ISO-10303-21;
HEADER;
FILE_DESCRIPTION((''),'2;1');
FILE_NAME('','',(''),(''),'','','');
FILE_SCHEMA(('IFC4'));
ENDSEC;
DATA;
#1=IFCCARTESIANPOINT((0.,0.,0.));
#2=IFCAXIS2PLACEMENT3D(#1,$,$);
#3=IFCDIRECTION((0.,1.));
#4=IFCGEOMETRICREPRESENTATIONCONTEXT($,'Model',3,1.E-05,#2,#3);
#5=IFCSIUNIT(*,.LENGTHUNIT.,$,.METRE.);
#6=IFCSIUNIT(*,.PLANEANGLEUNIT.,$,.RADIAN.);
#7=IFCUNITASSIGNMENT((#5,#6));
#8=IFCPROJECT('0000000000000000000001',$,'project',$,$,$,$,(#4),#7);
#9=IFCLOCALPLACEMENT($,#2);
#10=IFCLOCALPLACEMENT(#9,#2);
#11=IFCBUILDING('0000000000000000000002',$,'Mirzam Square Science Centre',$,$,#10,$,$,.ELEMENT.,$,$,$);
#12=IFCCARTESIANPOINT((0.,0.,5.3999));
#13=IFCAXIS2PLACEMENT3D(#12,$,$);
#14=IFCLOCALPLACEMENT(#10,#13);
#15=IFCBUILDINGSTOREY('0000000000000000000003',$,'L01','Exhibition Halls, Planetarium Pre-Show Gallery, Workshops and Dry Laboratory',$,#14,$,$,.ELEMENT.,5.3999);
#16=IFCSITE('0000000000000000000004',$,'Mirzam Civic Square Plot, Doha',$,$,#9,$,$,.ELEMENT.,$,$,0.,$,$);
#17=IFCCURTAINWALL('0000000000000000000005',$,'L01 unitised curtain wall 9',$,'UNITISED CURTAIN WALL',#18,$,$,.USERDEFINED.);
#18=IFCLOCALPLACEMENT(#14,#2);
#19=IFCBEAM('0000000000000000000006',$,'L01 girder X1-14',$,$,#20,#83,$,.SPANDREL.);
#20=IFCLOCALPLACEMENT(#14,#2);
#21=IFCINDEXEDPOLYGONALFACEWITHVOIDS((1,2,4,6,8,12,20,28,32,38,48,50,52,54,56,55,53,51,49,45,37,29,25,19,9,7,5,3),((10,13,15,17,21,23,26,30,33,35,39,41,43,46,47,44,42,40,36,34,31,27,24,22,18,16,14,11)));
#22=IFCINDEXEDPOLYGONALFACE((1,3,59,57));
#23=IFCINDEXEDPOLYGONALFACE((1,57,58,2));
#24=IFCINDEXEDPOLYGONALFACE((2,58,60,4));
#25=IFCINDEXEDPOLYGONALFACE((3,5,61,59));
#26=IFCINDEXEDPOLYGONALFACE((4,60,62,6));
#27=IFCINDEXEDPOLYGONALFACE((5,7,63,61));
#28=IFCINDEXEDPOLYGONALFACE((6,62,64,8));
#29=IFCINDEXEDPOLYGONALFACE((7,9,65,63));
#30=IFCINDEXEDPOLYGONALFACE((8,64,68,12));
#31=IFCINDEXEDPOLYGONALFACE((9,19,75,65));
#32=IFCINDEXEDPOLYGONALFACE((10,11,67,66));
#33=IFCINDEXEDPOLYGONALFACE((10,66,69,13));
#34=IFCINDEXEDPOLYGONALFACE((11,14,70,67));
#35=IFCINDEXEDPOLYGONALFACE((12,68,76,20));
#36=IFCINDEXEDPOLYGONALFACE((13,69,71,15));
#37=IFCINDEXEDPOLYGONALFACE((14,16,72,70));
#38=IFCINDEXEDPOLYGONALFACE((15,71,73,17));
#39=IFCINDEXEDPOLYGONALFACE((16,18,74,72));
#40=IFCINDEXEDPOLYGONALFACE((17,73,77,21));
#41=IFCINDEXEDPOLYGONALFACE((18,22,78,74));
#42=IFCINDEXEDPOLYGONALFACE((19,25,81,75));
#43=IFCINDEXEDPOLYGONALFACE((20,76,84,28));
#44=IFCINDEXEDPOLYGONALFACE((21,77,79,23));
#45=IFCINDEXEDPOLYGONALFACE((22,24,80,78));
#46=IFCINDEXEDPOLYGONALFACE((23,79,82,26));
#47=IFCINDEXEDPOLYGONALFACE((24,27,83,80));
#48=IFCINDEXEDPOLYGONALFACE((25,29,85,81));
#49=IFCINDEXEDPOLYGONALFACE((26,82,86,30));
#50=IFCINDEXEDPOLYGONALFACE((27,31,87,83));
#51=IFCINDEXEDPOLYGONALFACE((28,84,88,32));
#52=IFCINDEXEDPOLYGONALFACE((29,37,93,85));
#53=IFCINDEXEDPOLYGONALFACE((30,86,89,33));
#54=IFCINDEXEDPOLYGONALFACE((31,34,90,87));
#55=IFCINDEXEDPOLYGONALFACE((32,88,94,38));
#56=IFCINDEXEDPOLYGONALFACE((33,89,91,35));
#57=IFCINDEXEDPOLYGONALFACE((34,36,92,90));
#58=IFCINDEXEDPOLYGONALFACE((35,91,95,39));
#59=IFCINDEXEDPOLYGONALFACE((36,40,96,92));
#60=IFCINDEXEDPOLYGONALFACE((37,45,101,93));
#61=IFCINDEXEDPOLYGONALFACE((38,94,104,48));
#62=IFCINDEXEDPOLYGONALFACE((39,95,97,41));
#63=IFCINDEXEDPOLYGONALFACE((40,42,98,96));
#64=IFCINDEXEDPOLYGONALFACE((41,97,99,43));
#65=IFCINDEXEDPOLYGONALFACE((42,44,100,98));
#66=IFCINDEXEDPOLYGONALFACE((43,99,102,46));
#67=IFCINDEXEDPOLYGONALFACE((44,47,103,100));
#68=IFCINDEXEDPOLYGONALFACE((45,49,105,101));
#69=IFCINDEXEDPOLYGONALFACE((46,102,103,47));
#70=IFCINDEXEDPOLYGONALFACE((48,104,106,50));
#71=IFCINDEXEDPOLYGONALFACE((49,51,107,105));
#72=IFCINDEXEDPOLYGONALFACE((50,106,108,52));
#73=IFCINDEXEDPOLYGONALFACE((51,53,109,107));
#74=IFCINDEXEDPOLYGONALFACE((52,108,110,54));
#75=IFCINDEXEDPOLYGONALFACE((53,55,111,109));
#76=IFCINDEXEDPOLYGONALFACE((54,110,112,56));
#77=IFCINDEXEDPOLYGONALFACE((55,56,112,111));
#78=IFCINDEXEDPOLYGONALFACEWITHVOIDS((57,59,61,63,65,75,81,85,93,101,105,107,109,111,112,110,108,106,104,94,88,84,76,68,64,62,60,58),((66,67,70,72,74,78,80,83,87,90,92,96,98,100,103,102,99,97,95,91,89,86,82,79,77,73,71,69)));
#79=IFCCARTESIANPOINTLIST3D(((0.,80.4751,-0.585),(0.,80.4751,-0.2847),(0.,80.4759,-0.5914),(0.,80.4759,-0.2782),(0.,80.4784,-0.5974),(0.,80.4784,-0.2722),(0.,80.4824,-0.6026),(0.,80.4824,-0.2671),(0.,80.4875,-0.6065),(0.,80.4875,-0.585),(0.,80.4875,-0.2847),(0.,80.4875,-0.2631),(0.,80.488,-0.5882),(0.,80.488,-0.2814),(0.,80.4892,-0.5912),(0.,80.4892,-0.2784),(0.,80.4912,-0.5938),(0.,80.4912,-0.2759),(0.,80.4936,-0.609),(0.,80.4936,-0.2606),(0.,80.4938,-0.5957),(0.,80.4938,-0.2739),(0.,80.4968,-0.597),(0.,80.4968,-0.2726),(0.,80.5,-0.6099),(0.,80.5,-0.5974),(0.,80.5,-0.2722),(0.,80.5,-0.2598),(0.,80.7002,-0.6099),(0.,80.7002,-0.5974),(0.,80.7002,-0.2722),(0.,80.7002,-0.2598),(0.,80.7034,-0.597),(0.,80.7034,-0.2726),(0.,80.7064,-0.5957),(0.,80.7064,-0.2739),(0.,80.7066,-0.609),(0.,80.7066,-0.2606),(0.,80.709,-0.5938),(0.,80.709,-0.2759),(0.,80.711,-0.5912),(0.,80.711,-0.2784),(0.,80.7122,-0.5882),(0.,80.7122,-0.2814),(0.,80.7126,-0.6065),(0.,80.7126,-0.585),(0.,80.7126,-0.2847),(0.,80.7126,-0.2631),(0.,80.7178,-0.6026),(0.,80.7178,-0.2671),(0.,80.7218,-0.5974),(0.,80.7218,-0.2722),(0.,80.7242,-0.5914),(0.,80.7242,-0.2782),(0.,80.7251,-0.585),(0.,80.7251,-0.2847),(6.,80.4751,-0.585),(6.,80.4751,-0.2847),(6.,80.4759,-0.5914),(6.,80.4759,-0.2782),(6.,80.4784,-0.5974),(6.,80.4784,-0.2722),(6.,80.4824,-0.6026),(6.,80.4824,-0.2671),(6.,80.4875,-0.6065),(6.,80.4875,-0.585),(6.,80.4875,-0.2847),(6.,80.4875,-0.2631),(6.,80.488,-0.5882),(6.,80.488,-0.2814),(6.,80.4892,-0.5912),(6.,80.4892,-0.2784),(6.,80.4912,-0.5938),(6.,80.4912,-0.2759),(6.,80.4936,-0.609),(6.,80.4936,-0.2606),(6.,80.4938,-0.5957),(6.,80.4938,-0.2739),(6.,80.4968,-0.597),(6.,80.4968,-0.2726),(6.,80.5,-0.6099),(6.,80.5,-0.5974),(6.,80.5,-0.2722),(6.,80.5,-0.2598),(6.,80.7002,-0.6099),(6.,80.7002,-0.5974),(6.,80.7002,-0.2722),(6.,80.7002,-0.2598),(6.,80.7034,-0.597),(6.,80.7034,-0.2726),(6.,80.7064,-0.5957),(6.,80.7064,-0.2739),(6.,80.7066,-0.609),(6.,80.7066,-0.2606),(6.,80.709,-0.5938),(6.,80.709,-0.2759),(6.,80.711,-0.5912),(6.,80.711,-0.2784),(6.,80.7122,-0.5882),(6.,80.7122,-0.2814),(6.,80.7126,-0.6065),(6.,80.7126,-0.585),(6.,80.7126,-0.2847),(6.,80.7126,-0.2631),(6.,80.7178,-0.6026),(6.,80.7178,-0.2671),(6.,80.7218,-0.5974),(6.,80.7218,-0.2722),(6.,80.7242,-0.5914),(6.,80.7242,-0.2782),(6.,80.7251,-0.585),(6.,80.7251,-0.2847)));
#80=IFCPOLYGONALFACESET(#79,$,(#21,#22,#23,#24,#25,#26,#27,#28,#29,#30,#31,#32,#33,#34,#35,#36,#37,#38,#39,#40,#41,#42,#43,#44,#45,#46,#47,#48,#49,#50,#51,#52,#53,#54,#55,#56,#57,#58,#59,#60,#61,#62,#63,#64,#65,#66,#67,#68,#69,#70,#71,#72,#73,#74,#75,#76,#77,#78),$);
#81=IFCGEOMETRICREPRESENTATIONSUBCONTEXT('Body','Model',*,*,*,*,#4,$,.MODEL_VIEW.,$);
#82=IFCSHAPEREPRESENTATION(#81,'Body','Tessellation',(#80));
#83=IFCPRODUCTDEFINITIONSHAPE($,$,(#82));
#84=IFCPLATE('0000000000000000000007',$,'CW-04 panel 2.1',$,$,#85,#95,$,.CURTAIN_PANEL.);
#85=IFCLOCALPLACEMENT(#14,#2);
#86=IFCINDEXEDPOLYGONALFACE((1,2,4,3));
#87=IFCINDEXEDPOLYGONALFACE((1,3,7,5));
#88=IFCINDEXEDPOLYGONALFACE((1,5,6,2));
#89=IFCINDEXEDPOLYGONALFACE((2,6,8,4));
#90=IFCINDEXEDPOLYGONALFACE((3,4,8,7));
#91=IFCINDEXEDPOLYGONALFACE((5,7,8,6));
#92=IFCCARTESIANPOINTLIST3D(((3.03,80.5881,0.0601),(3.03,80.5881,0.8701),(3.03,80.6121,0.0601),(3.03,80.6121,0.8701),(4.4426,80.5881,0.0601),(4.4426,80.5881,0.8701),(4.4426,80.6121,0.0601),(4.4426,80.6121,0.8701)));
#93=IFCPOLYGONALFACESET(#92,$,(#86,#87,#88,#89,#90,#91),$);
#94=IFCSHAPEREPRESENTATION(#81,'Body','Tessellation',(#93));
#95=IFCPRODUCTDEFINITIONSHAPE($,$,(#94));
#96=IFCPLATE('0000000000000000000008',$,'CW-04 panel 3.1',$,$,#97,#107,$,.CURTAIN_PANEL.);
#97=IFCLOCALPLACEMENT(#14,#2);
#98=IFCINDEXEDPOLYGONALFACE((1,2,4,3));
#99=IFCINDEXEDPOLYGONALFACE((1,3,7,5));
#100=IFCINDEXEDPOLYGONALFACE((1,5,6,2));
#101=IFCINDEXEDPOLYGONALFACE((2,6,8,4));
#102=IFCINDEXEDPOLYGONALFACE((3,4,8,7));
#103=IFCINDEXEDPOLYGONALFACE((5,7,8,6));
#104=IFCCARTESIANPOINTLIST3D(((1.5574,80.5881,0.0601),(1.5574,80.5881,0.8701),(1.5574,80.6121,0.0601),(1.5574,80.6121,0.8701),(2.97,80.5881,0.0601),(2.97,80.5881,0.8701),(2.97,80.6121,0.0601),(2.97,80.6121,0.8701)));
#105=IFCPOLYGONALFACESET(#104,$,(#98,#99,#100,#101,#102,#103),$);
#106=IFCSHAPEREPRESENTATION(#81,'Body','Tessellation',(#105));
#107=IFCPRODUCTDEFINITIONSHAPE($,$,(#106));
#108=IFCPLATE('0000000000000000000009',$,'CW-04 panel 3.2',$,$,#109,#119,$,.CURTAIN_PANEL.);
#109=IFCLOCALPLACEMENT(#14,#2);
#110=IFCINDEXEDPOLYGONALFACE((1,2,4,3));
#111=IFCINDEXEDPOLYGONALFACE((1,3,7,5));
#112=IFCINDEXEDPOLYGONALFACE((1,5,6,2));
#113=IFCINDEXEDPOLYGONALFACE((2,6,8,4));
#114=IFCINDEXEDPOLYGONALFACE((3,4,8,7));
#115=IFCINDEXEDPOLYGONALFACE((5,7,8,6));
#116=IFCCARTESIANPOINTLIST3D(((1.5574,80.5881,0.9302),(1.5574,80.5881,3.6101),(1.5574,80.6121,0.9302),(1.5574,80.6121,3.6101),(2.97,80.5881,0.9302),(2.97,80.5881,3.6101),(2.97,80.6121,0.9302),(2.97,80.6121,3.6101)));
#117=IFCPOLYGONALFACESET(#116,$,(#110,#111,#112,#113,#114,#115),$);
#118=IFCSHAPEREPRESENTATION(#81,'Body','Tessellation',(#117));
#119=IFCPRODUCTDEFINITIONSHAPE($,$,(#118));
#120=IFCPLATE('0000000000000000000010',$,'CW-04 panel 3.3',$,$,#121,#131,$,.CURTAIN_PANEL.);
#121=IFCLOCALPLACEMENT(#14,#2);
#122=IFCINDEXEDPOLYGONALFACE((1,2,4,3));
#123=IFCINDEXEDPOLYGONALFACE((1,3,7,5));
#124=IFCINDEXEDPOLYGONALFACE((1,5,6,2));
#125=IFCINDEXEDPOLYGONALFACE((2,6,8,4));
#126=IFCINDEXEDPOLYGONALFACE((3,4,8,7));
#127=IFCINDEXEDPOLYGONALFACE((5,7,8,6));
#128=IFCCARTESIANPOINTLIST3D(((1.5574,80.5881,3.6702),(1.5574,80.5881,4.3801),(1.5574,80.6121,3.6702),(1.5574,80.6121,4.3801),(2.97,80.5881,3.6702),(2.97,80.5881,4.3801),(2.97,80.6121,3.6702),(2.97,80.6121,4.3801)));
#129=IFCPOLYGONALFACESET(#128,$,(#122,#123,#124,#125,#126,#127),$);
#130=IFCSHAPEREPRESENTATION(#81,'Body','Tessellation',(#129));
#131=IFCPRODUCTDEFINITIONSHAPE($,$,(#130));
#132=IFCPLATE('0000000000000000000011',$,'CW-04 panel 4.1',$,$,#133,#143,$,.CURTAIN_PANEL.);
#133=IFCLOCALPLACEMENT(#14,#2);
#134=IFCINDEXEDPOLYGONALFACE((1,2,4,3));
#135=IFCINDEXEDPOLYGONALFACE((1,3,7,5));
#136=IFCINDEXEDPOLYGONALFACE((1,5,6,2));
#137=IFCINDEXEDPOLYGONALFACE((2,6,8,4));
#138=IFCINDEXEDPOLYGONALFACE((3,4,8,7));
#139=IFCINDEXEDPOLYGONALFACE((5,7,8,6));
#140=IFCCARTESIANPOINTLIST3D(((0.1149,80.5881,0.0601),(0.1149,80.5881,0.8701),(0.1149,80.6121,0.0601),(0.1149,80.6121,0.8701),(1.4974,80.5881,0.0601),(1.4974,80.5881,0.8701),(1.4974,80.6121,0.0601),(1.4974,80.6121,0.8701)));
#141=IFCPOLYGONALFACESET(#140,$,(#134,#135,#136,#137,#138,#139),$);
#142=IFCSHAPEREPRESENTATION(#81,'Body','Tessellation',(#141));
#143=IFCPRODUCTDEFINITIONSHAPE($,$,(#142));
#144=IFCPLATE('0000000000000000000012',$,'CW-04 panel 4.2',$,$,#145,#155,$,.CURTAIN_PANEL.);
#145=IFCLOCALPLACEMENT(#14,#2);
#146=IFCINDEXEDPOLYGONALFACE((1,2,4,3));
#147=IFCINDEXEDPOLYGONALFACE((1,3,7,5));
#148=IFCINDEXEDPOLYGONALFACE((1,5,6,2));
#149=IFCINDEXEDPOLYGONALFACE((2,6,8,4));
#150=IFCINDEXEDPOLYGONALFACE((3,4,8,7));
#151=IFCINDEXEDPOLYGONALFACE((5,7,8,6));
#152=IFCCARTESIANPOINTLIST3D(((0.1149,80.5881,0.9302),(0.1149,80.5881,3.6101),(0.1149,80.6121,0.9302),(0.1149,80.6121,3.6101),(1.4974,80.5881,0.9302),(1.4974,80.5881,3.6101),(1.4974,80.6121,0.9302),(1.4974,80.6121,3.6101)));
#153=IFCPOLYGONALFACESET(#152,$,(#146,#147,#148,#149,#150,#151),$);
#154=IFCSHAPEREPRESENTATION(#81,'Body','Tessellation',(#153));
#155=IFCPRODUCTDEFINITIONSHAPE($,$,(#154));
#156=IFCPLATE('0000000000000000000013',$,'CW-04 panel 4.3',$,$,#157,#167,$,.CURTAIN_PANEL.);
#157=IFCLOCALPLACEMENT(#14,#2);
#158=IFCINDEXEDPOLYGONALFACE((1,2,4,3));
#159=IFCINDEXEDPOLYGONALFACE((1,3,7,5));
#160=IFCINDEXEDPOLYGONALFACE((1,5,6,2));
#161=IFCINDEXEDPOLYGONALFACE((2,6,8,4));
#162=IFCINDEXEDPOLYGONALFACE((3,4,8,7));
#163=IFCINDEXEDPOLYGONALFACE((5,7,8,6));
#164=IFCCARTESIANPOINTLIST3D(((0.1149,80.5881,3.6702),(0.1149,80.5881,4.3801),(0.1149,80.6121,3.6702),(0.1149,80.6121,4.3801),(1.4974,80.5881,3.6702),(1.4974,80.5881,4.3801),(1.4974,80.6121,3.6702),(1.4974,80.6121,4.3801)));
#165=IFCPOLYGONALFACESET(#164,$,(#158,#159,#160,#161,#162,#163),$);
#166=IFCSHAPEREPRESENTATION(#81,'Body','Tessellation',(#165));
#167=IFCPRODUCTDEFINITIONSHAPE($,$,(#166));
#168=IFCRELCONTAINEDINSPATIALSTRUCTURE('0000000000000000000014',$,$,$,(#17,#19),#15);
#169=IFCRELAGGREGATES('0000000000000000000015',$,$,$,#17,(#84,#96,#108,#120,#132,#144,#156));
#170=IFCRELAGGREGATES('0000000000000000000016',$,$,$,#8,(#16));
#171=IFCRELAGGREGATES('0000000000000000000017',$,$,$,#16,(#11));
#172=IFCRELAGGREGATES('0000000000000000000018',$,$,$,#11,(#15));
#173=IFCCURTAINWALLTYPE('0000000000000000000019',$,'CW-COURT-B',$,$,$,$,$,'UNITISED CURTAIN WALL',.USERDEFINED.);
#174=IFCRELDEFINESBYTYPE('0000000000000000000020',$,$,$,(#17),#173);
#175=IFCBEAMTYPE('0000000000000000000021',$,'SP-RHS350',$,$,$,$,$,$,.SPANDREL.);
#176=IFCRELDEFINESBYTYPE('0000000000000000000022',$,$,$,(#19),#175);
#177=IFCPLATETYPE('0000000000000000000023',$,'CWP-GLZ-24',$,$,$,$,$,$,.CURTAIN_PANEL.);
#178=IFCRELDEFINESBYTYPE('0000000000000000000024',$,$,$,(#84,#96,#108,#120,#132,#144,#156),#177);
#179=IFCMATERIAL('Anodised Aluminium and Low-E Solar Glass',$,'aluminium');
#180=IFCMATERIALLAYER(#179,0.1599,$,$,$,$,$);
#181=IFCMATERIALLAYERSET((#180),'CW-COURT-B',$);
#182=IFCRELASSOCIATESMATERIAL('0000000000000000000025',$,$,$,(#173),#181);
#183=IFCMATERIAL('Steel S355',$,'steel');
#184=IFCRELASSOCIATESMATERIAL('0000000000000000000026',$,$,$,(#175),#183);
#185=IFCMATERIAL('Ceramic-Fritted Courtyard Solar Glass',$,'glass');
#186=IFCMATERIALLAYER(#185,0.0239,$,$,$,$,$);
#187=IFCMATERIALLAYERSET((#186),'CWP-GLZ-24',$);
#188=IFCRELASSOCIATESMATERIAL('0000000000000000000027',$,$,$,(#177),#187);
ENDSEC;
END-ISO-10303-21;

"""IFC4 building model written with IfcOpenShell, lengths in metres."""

from ifc_helpers import new_model, si_unit, direction, frame, origin, origin_2d, place, context, subcontext, project, spatial, rectangle, hollow_rectangle, extrude, material, layer, layer_set, material_profile, profile_set, type_object, element, aggregate, save


model = new_model("IFC4")

# Units and contexts
model_context = context("Model", 3, precision=1e-05, world=origin(), true_north=direction((0.0, 1.0)))
body_context = subcontext(model_context, "Body", "Model", "MODEL_VIEW")
ifc_project = project(units=[si_unit("LENGTHUNIT", "METRE"), si_unit("PLANEANGLEUNIT", "RADIAN")], contexts=[model_context])

# Site, building, storey
site_placement = place(None, origin())
site = spatial("IfcSite", under=ifc_project, at=site_placement, Name="Mirzam Civic Square Plot, Doha", CompositionType="ELEMENT", RefElevation=0.0)
building_placement = place(site_placement, origin())
building = spatial("IfcBuilding", under=site, at=building_placement, Name="Mirzam Square Science Centre", CompositionType="ELEMENT")
storey_placement = place(building_placement, frame((0.0, 0.0, 5.3999)))
storey = spatial("IfcBuildingStorey", under=building, at=storey_placement, Name="L01", Description="Exhibition Halls, Planetarium Pre-Show Gallery, Workshops and Dry Laboratory", CompositionType="ELEMENT", Elevation=5.3999)

# Shared definitions
ifc_material_1 = material(Name="Steel S355", Category="steel")

# Curtain wall
ifc_material_2 = material(Name="Anodised Aluminium and Low-E Solar Glass", Category="aluminium")
ifc_layer_1 = layer(ifc_material_2, 0.1599)
ifc_layer_set_1 = layer_set([ifc_layer_1], Name="CW-COURT-B")
curtain_wall_type = type_object("IfcCurtainWallType", Name="CW-COURT-B", ElementType="UNITISED CURTAIN WALL", PredefinedType="USERDEFINED", material=ifc_layer_set_1)
curtain_wall_placement = place(storey_placement, origin())
curtain_wall = element("IfcCurtainWall", 1, at=curtain_wall_placement, inside=storey, type_object=curtain_wall_type, Name="L01 unitised curtain wall 9", ObjectType="UNITISED CURTAIN WALL", PredefinedType="USERDEFINED")

# Beam
ifc_material_profile_1 = material_profile(ifc_material_1, hollow_rectangle(XDim=0.25, YDim=0.3501, WallThickness=0.0125, InnerFilletRadius=0.0125, OuterFilletRadius=0.0249, at=origin_2d()), Name="350x250x12.5RHS")
ifc_profile_set_1 = profile_set([ifc_material_profile_1], Name="Steel S355")
beam_type = type_object("IfcBeamType", Name="SP-RHS350", PredefinedType="SPANDREL", material=ifc_profile_set_1)
beam_placement = place(storey_placement, frame((0.0, 80.6001, -0.4348), z_axis=(1.0, 0.0, 0.0), x_axis=(0.0, 1.0, 0.0)))
element("IfcBeam", 2, at=beam_placement, inside=storey, type_object=beam_type, Name="L01 girder X1-14", PredefinedType="SPANDREL", context=body_context, shape_type="SweptSolid", body=[
    extrude(hollow_rectangle(XDim=0.25, YDim=0.3501, WallThickness=0.0125, InnerFilletRadius=0.0125, OuterFilletRadius=0.0249, at=origin_2d()), origin(), (0.0, 0.0, 1.0), 6.0),
])

# Plates
ifc_material_3 = material(Name="Ceramic-Fritted Courtyard Solar Glass", Category="glass")
ifc_layer_2 = layer(ifc_material_3, 0.0239)
ifc_layer_set_2 = layer_set([ifc_layer_2], Name="CWP-GLZ-24")
plate_type = type_object("IfcPlateType", Name="CWP-GLZ-24", PredefinedType="CURTAIN_PANEL", material=ifc_layer_set_2)
plate_1_placement = place(storey_placement, frame((3.7363, 80.6001, 0.0601), z_axis=(0.0, 0.0, 1.0), x_axis=(-1.0, 0.0, 0.0)))
plate_1 = element("IfcPlate", 3, at=plate_1_placement, type_object=plate_type, Name="CW-04 panel 2.1", PredefinedType="CURTAIN_PANEL", context=body_context, shape_type="SweptSolid", body=[
    extrude(rectangle(XDim=1.4126, YDim=0.0239, at=origin_2d()), origin(), (0.0, 0.0, 1.0), 0.8101),
])
plate_2_placement = place(storey_placement, frame((2.2637, 80.6001, 0.0601), z_axis=(0.0, 0.0, 1.0), x_axis=(-1.0, 0.0, 0.0)))
plate_2 = element("IfcPlate", 4, at=plate_2_placement, type_object=plate_type, Name="CW-04 panel 3.1", PredefinedType="CURTAIN_PANEL", context=body_context, shape_type="SweptSolid", body=[
    extrude(rectangle(XDim=1.4126, YDim=0.0239, at=origin_2d()), origin(), (0.0, 0.0, 1.0), 0.8101),
])
plate_3_placement = place(storey_placement, frame((2.2637, 80.6001, 0.9302), z_axis=(0.0, 0.0, 1.0), x_axis=(-1.0, 0.0, 0.0)))
plate_3 = element("IfcPlate", 5, at=plate_3_placement, type_object=plate_type, Name="CW-04 panel 3.2", PredefinedType="CURTAIN_PANEL", context=body_context, shape_type="SweptSolid", body=[
    extrude(rectangle(XDim=1.4126, YDim=0.0239, at=origin_2d()), origin(), (0.0, 0.0, 1.0), 2.6799),
])
plate_4_placement = place(storey_placement, frame((2.2637, 80.6001, 3.6702), z_axis=(0.0, 0.0, 1.0), x_axis=(-1.0, 0.0, 0.0)))
plate_4 = element("IfcPlate", 6, at=plate_4_placement, type_object=plate_type, Name="CW-04 panel 3.3", PredefinedType="CURTAIN_PANEL", context=body_context, shape_type="SweptSolid", body=[
    extrude(rectangle(XDim=1.4126, YDim=0.0239, at=origin_2d()), origin(), (0.0, 0.0, 1.0), 0.71),
])
plate_5_placement = place(storey_placement, frame((0.8062, 80.6001, 0.0601), z_axis=(0.0, 0.0, 1.0), x_axis=(-1.0, 0.0, 0.0)))
plate_5 = element("IfcPlate", 7, at=plate_5_placement, type_object=plate_type, Name="CW-04 panel 4.1", PredefinedType="CURTAIN_PANEL", context=body_context, shape_type="SweptSolid", body=[
    extrude(rectangle(XDim=1.3826, YDim=0.0239, at=origin_2d()), origin(), (0.0, 0.0, 1.0), 0.8101),
])
plate_6_placement = place(storey_placement, frame((0.8062, 80.6001, 0.9302), z_axis=(0.0, 0.0, 1.0), x_axis=(-1.0, 0.0, 0.0)))
plate_6 = element("IfcPlate", 8, at=plate_6_placement, type_object=plate_type, Name="CW-04 panel 4.2", PredefinedType="CURTAIN_PANEL", context=body_context, shape_type="SweptSolid", body=[
    extrude(rectangle(XDim=1.3826, YDim=0.0239, at=origin_2d()), origin(), (0.0, 0.0, 1.0), 2.6799),
])
plate_7_placement = place(storey_placement, frame((0.8062, 80.6001, 3.6702), z_axis=(0.0, 0.0, 1.0), x_axis=(-1.0, 0.0, 0.0)))
plate_7 = element("IfcPlate", 9, at=plate_7_placement, type_object=plate_type, Name="CW-04 panel 4.3", PredefinedType="CURTAIN_PANEL", context=body_context, shape_type="SweptSolid", body=[
    extrude(rectangle(XDim=1.3826, YDim=0.0239, at=origin_2d()), origin(), (0.0, 0.0, 1.0), 0.71),
])
aggregate(curtain_wall, [plate_1, plate_2, plate_3, plate_4, plate_5, plate_6, plate_7])

save(model, "model.ifc")
